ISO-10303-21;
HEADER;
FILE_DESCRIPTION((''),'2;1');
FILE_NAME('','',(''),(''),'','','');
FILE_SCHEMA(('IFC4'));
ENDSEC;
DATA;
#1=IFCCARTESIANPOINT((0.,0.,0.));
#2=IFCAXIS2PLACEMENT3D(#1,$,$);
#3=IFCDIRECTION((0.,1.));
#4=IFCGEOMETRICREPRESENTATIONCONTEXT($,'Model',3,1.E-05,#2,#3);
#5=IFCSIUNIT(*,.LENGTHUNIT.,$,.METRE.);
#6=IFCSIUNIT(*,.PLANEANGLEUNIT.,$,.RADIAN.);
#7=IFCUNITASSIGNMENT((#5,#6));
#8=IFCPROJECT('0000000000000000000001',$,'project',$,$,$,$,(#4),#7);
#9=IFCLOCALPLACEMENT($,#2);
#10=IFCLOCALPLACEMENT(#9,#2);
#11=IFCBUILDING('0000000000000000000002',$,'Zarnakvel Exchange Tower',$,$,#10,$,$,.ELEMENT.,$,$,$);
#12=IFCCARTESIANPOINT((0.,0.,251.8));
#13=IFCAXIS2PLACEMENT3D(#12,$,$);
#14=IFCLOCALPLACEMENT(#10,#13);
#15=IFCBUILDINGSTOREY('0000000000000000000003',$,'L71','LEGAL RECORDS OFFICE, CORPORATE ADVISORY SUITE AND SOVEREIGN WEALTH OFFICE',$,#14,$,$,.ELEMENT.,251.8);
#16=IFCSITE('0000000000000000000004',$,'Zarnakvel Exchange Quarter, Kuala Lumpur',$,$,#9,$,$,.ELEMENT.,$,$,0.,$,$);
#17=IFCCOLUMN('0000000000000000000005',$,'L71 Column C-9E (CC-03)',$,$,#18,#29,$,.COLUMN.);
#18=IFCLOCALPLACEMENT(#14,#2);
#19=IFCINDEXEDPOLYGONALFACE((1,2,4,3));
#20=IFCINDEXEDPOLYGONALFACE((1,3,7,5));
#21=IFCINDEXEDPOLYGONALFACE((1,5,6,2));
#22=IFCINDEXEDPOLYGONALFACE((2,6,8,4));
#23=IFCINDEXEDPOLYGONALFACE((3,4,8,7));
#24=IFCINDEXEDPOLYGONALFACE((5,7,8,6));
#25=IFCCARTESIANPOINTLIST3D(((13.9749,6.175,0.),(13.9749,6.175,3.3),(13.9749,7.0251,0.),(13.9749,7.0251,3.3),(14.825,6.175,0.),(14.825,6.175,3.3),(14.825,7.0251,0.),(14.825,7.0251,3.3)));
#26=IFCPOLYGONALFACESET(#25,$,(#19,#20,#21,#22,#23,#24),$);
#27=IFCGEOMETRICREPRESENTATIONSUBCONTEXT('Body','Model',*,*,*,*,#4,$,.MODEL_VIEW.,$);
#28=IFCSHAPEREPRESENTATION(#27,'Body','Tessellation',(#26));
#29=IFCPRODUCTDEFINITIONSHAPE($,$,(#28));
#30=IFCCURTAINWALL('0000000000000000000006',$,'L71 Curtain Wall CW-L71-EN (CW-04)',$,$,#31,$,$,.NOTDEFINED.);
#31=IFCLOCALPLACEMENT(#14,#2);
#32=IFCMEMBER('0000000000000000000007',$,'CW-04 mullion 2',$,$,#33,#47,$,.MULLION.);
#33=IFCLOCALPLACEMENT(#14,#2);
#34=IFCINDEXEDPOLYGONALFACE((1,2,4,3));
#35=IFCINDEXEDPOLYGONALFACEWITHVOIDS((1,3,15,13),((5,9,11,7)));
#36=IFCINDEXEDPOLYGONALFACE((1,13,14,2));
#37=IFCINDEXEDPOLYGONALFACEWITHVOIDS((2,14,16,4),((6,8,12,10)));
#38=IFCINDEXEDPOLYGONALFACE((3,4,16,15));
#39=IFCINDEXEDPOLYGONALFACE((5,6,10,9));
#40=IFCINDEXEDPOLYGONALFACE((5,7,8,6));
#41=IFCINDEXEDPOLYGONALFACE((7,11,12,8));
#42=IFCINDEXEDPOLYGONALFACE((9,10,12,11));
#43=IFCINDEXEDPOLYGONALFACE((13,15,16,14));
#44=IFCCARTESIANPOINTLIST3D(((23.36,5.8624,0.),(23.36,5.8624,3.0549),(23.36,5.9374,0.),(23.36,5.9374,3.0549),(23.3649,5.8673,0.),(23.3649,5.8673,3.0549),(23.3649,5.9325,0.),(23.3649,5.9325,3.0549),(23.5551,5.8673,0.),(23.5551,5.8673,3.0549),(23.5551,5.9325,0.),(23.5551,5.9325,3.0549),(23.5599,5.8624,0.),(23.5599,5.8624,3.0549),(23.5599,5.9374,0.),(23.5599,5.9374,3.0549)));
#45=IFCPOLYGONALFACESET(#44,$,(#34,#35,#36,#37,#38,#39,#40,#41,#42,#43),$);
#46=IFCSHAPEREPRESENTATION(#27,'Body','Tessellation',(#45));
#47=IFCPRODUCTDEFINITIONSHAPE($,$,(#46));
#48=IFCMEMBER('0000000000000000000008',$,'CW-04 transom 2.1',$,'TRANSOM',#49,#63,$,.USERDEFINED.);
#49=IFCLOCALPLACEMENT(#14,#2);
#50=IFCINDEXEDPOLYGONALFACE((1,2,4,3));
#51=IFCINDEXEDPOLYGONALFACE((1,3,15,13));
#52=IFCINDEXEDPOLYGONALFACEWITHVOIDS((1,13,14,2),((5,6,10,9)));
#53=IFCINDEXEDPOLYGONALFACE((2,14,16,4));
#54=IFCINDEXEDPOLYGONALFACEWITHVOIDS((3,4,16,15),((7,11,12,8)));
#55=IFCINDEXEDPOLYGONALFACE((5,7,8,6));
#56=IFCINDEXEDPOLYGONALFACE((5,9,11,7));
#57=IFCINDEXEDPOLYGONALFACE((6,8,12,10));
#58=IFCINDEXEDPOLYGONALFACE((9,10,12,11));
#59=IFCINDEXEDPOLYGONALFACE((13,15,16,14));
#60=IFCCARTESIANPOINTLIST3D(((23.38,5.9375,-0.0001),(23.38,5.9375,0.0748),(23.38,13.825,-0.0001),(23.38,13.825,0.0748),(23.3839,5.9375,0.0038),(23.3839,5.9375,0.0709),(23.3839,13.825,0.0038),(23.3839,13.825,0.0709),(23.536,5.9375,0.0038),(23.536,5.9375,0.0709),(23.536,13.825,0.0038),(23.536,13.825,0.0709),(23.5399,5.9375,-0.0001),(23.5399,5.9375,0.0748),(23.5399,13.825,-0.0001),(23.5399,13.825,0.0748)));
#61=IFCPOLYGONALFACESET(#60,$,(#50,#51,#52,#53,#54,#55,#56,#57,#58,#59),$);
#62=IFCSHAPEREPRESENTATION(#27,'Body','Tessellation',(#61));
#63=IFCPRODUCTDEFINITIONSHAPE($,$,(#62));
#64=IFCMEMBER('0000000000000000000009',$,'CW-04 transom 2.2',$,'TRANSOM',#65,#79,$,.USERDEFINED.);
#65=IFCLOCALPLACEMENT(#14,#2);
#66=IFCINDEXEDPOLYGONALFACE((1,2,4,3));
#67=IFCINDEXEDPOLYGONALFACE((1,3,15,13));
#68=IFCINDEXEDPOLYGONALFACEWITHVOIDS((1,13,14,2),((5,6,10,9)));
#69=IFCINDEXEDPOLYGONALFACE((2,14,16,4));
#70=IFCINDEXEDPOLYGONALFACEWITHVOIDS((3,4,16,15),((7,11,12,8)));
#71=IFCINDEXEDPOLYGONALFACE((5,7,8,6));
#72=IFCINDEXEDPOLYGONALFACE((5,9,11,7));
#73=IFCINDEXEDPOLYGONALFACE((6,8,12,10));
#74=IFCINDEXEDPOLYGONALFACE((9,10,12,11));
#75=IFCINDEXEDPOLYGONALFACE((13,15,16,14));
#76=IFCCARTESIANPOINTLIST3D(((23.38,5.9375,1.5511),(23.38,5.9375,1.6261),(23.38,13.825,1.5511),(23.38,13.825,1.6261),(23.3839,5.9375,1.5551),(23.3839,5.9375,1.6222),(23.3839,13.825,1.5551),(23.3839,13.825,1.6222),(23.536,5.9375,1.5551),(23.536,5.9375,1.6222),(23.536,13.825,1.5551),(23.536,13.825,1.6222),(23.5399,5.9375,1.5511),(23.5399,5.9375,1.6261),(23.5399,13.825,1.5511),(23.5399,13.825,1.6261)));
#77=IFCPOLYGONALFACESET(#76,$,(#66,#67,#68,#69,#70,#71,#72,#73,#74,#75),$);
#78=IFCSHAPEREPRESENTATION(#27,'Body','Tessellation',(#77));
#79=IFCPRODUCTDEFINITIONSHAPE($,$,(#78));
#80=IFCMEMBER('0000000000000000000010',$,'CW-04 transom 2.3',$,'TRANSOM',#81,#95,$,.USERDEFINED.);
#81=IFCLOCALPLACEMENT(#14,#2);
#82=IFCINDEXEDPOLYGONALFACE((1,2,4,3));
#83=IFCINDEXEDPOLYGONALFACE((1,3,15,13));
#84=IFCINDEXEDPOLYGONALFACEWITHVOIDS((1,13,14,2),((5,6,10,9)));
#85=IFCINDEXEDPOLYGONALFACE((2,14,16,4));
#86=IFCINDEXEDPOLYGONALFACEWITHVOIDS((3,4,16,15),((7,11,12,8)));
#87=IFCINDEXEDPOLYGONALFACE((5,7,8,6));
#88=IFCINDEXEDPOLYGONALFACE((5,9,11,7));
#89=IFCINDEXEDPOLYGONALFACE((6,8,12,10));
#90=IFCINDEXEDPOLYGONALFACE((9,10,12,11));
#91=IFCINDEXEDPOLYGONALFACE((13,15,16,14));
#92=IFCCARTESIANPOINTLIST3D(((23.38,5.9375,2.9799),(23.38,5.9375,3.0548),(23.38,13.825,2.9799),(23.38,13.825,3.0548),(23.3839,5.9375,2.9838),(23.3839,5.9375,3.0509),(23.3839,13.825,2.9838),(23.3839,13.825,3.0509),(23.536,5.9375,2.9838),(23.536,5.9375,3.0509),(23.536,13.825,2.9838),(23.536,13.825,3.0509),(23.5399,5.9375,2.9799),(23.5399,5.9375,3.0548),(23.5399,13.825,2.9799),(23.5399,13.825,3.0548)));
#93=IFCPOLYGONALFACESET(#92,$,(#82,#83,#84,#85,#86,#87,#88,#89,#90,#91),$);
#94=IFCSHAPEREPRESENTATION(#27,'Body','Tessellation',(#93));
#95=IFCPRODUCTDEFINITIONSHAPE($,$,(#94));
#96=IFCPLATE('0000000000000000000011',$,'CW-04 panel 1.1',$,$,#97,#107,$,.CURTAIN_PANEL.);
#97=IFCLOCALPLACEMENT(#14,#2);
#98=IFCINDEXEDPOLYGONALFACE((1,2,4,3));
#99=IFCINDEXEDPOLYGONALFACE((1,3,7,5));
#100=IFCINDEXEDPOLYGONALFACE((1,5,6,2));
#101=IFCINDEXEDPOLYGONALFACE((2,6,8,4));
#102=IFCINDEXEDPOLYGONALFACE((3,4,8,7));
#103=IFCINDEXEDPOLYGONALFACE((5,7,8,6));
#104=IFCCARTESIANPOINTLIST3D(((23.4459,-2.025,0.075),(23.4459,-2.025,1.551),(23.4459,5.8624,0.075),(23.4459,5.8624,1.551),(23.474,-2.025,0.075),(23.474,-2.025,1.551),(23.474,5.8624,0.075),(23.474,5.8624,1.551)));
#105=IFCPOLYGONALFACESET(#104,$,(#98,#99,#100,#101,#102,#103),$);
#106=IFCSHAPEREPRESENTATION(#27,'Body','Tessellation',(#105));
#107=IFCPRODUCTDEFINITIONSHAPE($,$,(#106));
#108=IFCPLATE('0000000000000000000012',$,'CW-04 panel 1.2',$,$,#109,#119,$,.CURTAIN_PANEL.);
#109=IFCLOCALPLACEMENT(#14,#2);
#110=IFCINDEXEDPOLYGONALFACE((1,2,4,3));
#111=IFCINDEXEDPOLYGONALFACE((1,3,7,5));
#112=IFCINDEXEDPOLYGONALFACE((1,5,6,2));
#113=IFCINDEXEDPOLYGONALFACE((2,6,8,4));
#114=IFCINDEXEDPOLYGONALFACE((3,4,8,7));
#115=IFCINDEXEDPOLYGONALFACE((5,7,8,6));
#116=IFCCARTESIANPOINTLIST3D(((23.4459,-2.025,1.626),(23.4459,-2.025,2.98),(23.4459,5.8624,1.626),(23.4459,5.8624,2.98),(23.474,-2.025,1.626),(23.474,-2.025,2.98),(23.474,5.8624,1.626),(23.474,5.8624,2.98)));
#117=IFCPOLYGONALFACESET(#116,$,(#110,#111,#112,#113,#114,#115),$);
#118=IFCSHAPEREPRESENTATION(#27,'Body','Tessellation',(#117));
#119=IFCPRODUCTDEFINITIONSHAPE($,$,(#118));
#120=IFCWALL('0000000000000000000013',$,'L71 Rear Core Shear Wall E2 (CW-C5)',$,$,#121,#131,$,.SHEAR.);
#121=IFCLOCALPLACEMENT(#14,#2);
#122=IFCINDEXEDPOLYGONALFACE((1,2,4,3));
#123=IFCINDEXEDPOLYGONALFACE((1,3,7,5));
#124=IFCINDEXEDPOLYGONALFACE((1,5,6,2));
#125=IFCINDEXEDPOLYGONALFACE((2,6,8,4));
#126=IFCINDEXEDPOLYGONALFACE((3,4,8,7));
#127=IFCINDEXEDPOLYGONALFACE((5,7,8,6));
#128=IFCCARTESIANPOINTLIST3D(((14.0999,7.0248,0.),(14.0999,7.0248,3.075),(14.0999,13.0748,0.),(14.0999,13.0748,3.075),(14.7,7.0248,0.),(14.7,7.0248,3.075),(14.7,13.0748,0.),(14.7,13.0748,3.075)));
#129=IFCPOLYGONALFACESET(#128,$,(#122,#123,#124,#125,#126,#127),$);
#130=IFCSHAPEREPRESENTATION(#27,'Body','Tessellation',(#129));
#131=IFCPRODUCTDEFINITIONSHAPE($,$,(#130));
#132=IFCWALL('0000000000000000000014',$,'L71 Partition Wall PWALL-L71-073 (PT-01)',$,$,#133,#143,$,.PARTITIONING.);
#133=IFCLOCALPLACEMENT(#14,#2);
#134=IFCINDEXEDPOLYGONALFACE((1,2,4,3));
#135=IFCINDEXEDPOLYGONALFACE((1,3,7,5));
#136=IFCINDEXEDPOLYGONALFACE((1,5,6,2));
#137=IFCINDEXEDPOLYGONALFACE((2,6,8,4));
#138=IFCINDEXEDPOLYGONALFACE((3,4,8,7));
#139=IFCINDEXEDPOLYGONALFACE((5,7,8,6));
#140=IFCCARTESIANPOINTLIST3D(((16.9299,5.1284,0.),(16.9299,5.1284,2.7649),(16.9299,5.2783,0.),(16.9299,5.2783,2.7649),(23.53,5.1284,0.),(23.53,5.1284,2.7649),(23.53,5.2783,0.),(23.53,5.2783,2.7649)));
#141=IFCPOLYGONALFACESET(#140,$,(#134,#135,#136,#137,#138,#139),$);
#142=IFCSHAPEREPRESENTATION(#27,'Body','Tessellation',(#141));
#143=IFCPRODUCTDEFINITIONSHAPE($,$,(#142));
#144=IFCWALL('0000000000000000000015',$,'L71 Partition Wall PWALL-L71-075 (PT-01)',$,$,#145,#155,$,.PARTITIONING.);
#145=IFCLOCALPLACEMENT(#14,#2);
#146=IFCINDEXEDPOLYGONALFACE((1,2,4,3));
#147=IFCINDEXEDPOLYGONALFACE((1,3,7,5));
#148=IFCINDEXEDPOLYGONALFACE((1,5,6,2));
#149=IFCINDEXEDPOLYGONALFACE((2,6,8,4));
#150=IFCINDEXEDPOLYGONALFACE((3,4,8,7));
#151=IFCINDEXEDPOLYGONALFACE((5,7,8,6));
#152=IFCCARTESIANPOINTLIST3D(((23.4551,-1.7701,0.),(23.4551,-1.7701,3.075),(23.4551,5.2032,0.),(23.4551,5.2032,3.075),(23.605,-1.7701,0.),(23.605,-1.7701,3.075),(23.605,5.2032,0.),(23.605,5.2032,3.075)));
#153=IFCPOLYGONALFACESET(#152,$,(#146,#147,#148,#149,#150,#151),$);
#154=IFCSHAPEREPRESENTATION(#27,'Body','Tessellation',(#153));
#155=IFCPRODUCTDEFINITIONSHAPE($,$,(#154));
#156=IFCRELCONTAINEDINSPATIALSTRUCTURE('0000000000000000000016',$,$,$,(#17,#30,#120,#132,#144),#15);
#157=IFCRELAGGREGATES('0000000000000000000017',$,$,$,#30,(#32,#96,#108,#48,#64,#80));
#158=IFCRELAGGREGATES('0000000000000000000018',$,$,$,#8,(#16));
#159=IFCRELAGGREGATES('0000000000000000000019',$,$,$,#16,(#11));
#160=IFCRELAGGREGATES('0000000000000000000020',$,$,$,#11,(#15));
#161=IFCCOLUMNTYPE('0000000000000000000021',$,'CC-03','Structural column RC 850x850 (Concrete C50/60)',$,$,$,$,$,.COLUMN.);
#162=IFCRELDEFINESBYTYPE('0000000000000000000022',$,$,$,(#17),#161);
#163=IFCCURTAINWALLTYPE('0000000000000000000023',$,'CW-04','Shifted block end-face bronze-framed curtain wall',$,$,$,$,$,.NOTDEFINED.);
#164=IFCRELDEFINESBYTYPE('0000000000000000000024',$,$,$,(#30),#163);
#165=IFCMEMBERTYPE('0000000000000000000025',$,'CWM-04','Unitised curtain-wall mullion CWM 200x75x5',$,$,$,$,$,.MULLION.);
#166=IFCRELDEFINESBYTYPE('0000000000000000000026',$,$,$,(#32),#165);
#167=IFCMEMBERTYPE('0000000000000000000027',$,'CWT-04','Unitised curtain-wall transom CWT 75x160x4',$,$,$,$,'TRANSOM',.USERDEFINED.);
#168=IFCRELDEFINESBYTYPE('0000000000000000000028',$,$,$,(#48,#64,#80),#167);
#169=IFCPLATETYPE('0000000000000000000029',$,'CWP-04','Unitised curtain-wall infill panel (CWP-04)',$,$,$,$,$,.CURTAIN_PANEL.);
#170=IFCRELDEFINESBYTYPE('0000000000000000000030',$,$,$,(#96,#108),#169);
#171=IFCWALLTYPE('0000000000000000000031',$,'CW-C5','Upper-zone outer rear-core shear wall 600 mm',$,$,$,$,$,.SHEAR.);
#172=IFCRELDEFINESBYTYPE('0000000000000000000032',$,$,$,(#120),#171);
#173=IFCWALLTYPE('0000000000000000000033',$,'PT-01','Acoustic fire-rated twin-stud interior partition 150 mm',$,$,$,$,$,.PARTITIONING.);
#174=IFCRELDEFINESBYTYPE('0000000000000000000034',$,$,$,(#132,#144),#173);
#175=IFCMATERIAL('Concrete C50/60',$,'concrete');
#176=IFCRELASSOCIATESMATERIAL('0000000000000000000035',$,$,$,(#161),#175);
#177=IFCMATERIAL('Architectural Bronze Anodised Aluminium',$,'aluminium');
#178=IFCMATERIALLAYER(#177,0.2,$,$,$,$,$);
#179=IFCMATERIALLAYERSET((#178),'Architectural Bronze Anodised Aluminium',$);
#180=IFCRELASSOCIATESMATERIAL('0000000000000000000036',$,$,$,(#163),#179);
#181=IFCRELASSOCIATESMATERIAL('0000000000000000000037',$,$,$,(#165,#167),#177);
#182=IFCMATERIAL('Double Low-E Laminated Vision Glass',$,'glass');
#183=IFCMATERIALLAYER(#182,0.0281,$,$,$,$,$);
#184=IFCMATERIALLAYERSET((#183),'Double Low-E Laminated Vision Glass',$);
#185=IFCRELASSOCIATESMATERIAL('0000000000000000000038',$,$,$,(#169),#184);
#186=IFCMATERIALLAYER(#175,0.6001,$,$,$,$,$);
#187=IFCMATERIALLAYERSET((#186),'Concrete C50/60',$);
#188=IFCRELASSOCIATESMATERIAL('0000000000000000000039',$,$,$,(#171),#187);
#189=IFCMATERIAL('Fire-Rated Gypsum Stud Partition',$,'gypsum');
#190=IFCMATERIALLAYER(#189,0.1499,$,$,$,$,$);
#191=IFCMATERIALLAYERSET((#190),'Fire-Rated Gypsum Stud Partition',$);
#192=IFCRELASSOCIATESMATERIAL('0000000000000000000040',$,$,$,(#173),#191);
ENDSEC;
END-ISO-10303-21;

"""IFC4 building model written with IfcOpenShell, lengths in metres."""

from ifc_helpers import new_model, si_unit, direction, frame, frame_2d, origin, origin_2d, place, context, subcontext, project, spatial, rectangle, hollow_rectangle, extrude, source, transform, mapped, material, layer, layer_set, material_profile, profile_set, type_object, element, aggregate, save


model = new_model("IFC4")

# Units and contexts
model_context = context("Model", 3, precision=1e-05, world=origin(), true_north=direction((0.0, 1.0)))
body_context = subcontext(model_context, "Body", "Model", "MODEL_VIEW")
ifc_project = project(units=[si_unit("LENGTHUNIT", "METRE"), si_unit("PLANEANGLEUNIT", "RADIAN")], contexts=[model_context])

# Site, building, storey
site_placement = place(None, origin())
site = spatial("IfcSite", under=ifc_project, at=site_placement, Name="Zarnakvel Exchange Quarter, Kuala Lumpur", CompositionType="ELEMENT", RefElevation=0.0)
building_placement = place(site_placement, origin())
building = spatial("IfcBuilding", under=site, at=building_placement, Name="Zarnakvel Exchange Tower", CompositionType="ELEMENT")
storey_placement = place(building_placement, frame((0.0, 0.0, 251.8)))
storey = spatial("IfcBuildingStorey", under=building, at=storey_placement, Name="L71", Description="LEGAL RECORDS OFFICE, CORPORATE ADVISORY SUITE AND SOVEREIGN WEALTH OFFICE", CompositionType="ELEMENT", Elevation=251.8)

# Column
ifc_material_1 = material(Name="Concrete C50/60", Category="concrete")
ifc_material_profile_1 = material_profile(ifc_material_1, rectangle(XDim=0.8501, YDim=0.8501, at=origin_2d()))
ifc_profile_set_1 = profile_set([ifc_material_profile_1], Name="Concrete C50/60")
column_type = type_object("IfcColumnType", Name="CC-03", Description="Structural column RC 850x850 (Concrete C50/60)", PredefinedType="COLUMN", material=ifc_profile_set_1)
column_placement = place(storey_placement, frame((14.3999, 6.6001, 0.0), z_axis=(0.0, 0.0, 1.0), x_axis=(1.0, 0.0, 0.0)))
element("IfcColumn", 1, at=column_placement, inside=storey, type_object=column_type, Name="L71 Column C-9E (CC-03)", PredefinedType="COLUMN", context=body_context, shape_type="SweptSolid", body=[
    extrude(rectangle(XDim=0.8501, YDim=0.8501, at=origin_2d()), origin(), (0.0, 0.0, 1.0), 3.3),
])

# Curtain wall, members, plates
ifc_material_2 = material(Name="Architectural Bronze Anodised Aluminium", Category="aluminium")
ifc_layer_1 = layer(ifc_material_2, 0.2)
ifc_layer_set_1 = layer_set([ifc_layer_1], Name="Architectural Bronze Anodised Aluminium")
curtain_wall_type = type_object("IfcCurtainWallType", Name="CW-04", Description="Shifted block end-face bronze-framed curtain wall", PredefinedType="NOTDEFINED", material=ifc_layer_set_1)
curtain_wall_placement = place(storey_placement, origin())
curtain_wall = element("IfcCurtainWall", 2, at=curtain_wall_placement, inside=storey, type_object=curtain_wall_type, Name="L71 Curtain Wall CW-L71-EN (CW-04)", PredefinedType="NOTDEFINED")
ifc_material_profile_2 = material_profile(ifc_material_2, hollow_rectangle(XDim=0.2, YDim=0.075, WallThickness=0.0049, at=origin_2d()))
ifc_profile_set_2 = profile_set([ifc_material_profile_2], Name="Architectural Bronze Anodised Aluminium")
member_type_1 = type_object("IfcMemberType", Name="CWM-04", Description="Unitised curtain-wall mullion CWM 200x75x5", PredefinedType="MULLION", material=ifc_profile_set_2)
shared_shape_1 = source(origin(), body_context, "Body", "SweptSolid", [
    extrude(hollow_rectangle(XDim=0.2, YDim=0.075, WallThickness=0.0049, at=origin_2d()), origin(), (0.0, 0.0, 1.0), 3.0549),
])
member_1_placement = place(storey_placement, frame((23.46, 5.8999, 0.0), z_axis=(0.0, 0.0, 1.0), x_axis=(-1.0, 0.0, 0.0)))
member_1 = element("IfcMember", 3, at=member_1_placement, type_object=member_type_1, Name="CW-04 mullion 2", PredefinedType="MULLION", context=body_context, shape_type="MappedRepresentation", body=[
    mapped(shared_shape_1, transform((0.0, 0.0, 0.0), x_axis=(1.0, 0.0, 0.0), y_axis=(0.0, 1.0, 0.0), z_axis=(0.0, 0.0, 1.0), scale=1.0)),
])
ifc_material_profile_3 = material_profile(ifc_material_2, hollow_rectangle(XDim=0.1599, YDim=0.075, WallThickness=0.0039, at=origin_2d()))
ifc_profile_set_3 = profile_set([ifc_material_profile_3], Name="Architectural Bronze Anodised Aluminium")
member_type_2 = type_object("IfcMemberType", Name="CWT-04", Description="Unitised curtain-wall transom CWT 75x160x4", ElementType="TRANSOM", PredefinedType="USERDEFINED", material=ifc_profile_set_3)
shared_shape_2 = source(origin(), body_context, "Body", "SweptSolid", [
    extrude(hollow_rectangle(XDim=0.1599, YDim=0.075, WallThickness=0.0039, at=origin_2d()), origin(), (0.0, 0.0, 1.0), 7.8875),
])
member_2_placement = place(storey_placement, frame((23.46, 5.9375, 0.0374), z_axis=(0.0, 1.0, 0.0), x_axis=(-1.0, 0.0, 0.0)))
member_2 = element("IfcMember", 4, at=member_2_placement, type_object=member_type_2, Name="CW-04 transom 2.1", ObjectType="TRANSOM", PredefinedType="USERDEFINED", context=body_context, shape_type="MappedRepresentation", body=[
    mapped(shared_shape_2, transform((0.0, 0.0, 0.0), x_axis=(1.0, 0.0, 0.0), y_axis=(0.0, 1.0, 0.0), z_axis=(0.0, 0.0, 1.0), scale=1.0)),
])
member_3_placement = place(storey_placement, frame((23.46, 5.9375, 1.5886), z_axis=(0.0, 1.0, 0.0), x_axis=(-1.0, 0.0, 0.0)))
member_3 = element("IfcMember", 5, at=member_3_placement, type_object=member_type_2, Name="CW-04 transom 2.2", ObjectType="TRANSOM", PredefinedType="USERDEFINED", context=body_context, shape_type="MappedRepresentation", body=[
    mapped(shared_shape_2, transform((0.0, 0.0, 0.0), x_axis=(1.0, 0.0, 0.0), y_axis=(0.0, 1.0, 0.0), z_axis=(0.0, 0.0, 1.0), scale=1.0)),
])
member_4_placement = place(storey_placement, frame((23.46, 5.9375, 3.0173), z_axis=(0.0, 1.0, 0.0), x_axis=(-1.0, 0.0, 0.0)))
member_4 = element("IfcMember", 6, at=member_4_placement, type_object=member_type_2, Name="CW-04 transom 2.3", ObjectType="TRANSOM", PredefinedType="USERDEFINED", context=body_context, shape_type="MappedRepresentation", body=[
    mapped(shared_shape_2, transform((0.0, 0.0, 0.0), x_axis=(1.0, 0.0, 0.0), y_axis=(0.0, 1.0, 0.0), z_axis=(0.0, 0.0, 1.0), scale=1.0)),
])
ifc_material_3 = material(Name="Double Low-E Laminated Vision Glass", Category="glass")
ifc_layer_2 = layer(ifc_material_3, 0.0281)
ifc_layer_set_2 = layer_set([ifc_layer_2], Name="Double Low-E Laminated Vision Glass")
plate_type = type_object("IfcPlateType", Name="CWP-04", Description="Unitised curtain-wall infill panel (CWP-04)", PredefinedType="CURTAIN_PANEL", material=ifc_layer_set_2)
shared_shape_3 = source(origin(), body_context, "Body", "SweptSolid", [
    extrude(rectangle(XDim=7.8875, YDim=0.0281, at=origin_2d()), origin(), (0.0, 0.0, 1.0), 1.4761),
])
plate_1_placement = place(storey_placement, frame((23.46, 1.9187, 0.075), z_axis=(0.0, 0.0, 1.0), x_axis=(0.0, 1.0, 0.0)))
plate_1 = element("IfcPlate", 7, at=plate_1_placement, type_object=plate_type, Name="CW-04 panel 1.1", PredefinedType="CURTAIN_PANEL", context=body_context, shape_type="MappedRepresentation", body=[
    mapped(shared_shape_3, transform((0.0, 0.0, 0.0), x_axis=(1.0, 0.0, 0.0), y_axis=(0.0, 1.0, 0.0), z_axis=(0.0, 0.0, 1.0), scale=1.0)),
])
shared_shape_4 = source(origin(), body_context, "Body", "SweptSolid", [
    extrude(rectangle(XDim=7.8875, YDim=0.0281, at=origin_2d()), origin(), (0.0, 0.0, 1.0), 1.354),
])
plate_2_placement = place(storey_placement, frame((23.46, 1.9187, 1.626), z_axis=(0.0, 0.0, 1.0), x_axis=(0.0, 1.0, 0.0)))
plate_2 = element("IfcPlate", 8, at=plate_2_placement, type_object=plate_type, Name="CW-04 panel 1.2", PredefinedType="CURTAIN_PANEL", context=body_context, shape_type="MappedRepresentation", body=[
    mapped(shared_shape_4, transform((0.0, 0.0, 0.0), x_axis=(1.0, 0.0, 0.0), y_axis=(0.0, 1.0, 0.0), z_axis=(0.0, 0.0, 1.0), scale=1.0)),
])
aggregate(curtain_wall, [member_1, plate_1, plate_2, member_2, member_3, member_4])

# Walls
ifc_layer_3 = layer(ifc_material_1, 0.6001)
ifc_layer_set_3 = layer_set([ifc_layer_3], Name="Concrete C50/60")
wall_type_1 = type_object("IfcWallType", Name="CW-C5", Description="Upper-zone outer rear-core shear wall 600 mm", PredefinedType="SHEAR", material=ifc_layer_set_3)
wall_1_placement = place(storey_placement, frame((14.3999, 7.0249, 0.0), z_axis=(0.0, 0.0, 1.0), x_axis=(0.0, 1.0, 0.0)))
element("IfcWall", 9, at=wall_1_placement, inside=storey, type_object=wall_type_1, Name="L71 Rear Core Shear Wall E2 (CW-C5)", PredefinedType="SHEAR", context=body_context, shape_type="SweptSolid", body=[
    extrude(rectangle(XDim=6.05, YDim=0.6001, at=frame_2d((3.0249, 0.0))), origin(), (0.0, 0.0, 1.0), 3.075),
])
ifc_material_4 = material(Name="Fire-Rated Gypsum Stud Partition", Category="gypsum")
ifc_layer_4 = layer(ifc_material_4, 0.1499)
ifc_layer_set_4 = layer_set([ifc_layer_4], Name="Fire-Rated Gypsum Stud Partition")
wall_type_2 = type_object("IfcWallType", Name="PT-01", Description="Acoustic fire-rated twin-stud interior partition 150 mm", PredefinedType="PARTITIONING", material=ifc_layer_set_4)
wall_2_placement = place(storey_placement, frame((16.9299, 5.2034, 0.0), z_axis=(0.0, 0.0, 1.0), x_axis=(1.0, 0.0, 0.0)))
element("IfcWall", 10, at=wall_2_placement, inside=storey, type_object=wall_type_2, Name="L71 Partition Wall PWALL-L71-073 (PT-01)", PredefinedType="PARTITIONING", context=body_context, shape_type="SweptSolid", body=[
    extrude(rectangle(XDim=6.6001, YDim=0.1499, at=frame_2d((3.3, 0.0))), origin(), (0.0, 0.0, 1.0), 2.7649),
])
wall_3_placement = place(storey_placement, frame((23.53, 5.2034, 0.0), z_axis=(0.0, 0.0, 1.0), x_axis=(0.0, -1.0, 0.0)))
element("IfcWall", 11, at=wall_3_placement, inside=storey, type_object=wall_type_2, Name="L71 Partition Wall PWALL-L71-075 (PT-01)", PredefinedType="PARTITIONING", context=body_context, shape_type="SweptSolid", body=[
    extrude(rectangle(XDim=6.9734, YDim=0.1499, at=frame_2d((3.4868, 0.0))), origin(), (0.0, 0.0, 1.0), 3.075),
])

save(model, "model.ifc")
